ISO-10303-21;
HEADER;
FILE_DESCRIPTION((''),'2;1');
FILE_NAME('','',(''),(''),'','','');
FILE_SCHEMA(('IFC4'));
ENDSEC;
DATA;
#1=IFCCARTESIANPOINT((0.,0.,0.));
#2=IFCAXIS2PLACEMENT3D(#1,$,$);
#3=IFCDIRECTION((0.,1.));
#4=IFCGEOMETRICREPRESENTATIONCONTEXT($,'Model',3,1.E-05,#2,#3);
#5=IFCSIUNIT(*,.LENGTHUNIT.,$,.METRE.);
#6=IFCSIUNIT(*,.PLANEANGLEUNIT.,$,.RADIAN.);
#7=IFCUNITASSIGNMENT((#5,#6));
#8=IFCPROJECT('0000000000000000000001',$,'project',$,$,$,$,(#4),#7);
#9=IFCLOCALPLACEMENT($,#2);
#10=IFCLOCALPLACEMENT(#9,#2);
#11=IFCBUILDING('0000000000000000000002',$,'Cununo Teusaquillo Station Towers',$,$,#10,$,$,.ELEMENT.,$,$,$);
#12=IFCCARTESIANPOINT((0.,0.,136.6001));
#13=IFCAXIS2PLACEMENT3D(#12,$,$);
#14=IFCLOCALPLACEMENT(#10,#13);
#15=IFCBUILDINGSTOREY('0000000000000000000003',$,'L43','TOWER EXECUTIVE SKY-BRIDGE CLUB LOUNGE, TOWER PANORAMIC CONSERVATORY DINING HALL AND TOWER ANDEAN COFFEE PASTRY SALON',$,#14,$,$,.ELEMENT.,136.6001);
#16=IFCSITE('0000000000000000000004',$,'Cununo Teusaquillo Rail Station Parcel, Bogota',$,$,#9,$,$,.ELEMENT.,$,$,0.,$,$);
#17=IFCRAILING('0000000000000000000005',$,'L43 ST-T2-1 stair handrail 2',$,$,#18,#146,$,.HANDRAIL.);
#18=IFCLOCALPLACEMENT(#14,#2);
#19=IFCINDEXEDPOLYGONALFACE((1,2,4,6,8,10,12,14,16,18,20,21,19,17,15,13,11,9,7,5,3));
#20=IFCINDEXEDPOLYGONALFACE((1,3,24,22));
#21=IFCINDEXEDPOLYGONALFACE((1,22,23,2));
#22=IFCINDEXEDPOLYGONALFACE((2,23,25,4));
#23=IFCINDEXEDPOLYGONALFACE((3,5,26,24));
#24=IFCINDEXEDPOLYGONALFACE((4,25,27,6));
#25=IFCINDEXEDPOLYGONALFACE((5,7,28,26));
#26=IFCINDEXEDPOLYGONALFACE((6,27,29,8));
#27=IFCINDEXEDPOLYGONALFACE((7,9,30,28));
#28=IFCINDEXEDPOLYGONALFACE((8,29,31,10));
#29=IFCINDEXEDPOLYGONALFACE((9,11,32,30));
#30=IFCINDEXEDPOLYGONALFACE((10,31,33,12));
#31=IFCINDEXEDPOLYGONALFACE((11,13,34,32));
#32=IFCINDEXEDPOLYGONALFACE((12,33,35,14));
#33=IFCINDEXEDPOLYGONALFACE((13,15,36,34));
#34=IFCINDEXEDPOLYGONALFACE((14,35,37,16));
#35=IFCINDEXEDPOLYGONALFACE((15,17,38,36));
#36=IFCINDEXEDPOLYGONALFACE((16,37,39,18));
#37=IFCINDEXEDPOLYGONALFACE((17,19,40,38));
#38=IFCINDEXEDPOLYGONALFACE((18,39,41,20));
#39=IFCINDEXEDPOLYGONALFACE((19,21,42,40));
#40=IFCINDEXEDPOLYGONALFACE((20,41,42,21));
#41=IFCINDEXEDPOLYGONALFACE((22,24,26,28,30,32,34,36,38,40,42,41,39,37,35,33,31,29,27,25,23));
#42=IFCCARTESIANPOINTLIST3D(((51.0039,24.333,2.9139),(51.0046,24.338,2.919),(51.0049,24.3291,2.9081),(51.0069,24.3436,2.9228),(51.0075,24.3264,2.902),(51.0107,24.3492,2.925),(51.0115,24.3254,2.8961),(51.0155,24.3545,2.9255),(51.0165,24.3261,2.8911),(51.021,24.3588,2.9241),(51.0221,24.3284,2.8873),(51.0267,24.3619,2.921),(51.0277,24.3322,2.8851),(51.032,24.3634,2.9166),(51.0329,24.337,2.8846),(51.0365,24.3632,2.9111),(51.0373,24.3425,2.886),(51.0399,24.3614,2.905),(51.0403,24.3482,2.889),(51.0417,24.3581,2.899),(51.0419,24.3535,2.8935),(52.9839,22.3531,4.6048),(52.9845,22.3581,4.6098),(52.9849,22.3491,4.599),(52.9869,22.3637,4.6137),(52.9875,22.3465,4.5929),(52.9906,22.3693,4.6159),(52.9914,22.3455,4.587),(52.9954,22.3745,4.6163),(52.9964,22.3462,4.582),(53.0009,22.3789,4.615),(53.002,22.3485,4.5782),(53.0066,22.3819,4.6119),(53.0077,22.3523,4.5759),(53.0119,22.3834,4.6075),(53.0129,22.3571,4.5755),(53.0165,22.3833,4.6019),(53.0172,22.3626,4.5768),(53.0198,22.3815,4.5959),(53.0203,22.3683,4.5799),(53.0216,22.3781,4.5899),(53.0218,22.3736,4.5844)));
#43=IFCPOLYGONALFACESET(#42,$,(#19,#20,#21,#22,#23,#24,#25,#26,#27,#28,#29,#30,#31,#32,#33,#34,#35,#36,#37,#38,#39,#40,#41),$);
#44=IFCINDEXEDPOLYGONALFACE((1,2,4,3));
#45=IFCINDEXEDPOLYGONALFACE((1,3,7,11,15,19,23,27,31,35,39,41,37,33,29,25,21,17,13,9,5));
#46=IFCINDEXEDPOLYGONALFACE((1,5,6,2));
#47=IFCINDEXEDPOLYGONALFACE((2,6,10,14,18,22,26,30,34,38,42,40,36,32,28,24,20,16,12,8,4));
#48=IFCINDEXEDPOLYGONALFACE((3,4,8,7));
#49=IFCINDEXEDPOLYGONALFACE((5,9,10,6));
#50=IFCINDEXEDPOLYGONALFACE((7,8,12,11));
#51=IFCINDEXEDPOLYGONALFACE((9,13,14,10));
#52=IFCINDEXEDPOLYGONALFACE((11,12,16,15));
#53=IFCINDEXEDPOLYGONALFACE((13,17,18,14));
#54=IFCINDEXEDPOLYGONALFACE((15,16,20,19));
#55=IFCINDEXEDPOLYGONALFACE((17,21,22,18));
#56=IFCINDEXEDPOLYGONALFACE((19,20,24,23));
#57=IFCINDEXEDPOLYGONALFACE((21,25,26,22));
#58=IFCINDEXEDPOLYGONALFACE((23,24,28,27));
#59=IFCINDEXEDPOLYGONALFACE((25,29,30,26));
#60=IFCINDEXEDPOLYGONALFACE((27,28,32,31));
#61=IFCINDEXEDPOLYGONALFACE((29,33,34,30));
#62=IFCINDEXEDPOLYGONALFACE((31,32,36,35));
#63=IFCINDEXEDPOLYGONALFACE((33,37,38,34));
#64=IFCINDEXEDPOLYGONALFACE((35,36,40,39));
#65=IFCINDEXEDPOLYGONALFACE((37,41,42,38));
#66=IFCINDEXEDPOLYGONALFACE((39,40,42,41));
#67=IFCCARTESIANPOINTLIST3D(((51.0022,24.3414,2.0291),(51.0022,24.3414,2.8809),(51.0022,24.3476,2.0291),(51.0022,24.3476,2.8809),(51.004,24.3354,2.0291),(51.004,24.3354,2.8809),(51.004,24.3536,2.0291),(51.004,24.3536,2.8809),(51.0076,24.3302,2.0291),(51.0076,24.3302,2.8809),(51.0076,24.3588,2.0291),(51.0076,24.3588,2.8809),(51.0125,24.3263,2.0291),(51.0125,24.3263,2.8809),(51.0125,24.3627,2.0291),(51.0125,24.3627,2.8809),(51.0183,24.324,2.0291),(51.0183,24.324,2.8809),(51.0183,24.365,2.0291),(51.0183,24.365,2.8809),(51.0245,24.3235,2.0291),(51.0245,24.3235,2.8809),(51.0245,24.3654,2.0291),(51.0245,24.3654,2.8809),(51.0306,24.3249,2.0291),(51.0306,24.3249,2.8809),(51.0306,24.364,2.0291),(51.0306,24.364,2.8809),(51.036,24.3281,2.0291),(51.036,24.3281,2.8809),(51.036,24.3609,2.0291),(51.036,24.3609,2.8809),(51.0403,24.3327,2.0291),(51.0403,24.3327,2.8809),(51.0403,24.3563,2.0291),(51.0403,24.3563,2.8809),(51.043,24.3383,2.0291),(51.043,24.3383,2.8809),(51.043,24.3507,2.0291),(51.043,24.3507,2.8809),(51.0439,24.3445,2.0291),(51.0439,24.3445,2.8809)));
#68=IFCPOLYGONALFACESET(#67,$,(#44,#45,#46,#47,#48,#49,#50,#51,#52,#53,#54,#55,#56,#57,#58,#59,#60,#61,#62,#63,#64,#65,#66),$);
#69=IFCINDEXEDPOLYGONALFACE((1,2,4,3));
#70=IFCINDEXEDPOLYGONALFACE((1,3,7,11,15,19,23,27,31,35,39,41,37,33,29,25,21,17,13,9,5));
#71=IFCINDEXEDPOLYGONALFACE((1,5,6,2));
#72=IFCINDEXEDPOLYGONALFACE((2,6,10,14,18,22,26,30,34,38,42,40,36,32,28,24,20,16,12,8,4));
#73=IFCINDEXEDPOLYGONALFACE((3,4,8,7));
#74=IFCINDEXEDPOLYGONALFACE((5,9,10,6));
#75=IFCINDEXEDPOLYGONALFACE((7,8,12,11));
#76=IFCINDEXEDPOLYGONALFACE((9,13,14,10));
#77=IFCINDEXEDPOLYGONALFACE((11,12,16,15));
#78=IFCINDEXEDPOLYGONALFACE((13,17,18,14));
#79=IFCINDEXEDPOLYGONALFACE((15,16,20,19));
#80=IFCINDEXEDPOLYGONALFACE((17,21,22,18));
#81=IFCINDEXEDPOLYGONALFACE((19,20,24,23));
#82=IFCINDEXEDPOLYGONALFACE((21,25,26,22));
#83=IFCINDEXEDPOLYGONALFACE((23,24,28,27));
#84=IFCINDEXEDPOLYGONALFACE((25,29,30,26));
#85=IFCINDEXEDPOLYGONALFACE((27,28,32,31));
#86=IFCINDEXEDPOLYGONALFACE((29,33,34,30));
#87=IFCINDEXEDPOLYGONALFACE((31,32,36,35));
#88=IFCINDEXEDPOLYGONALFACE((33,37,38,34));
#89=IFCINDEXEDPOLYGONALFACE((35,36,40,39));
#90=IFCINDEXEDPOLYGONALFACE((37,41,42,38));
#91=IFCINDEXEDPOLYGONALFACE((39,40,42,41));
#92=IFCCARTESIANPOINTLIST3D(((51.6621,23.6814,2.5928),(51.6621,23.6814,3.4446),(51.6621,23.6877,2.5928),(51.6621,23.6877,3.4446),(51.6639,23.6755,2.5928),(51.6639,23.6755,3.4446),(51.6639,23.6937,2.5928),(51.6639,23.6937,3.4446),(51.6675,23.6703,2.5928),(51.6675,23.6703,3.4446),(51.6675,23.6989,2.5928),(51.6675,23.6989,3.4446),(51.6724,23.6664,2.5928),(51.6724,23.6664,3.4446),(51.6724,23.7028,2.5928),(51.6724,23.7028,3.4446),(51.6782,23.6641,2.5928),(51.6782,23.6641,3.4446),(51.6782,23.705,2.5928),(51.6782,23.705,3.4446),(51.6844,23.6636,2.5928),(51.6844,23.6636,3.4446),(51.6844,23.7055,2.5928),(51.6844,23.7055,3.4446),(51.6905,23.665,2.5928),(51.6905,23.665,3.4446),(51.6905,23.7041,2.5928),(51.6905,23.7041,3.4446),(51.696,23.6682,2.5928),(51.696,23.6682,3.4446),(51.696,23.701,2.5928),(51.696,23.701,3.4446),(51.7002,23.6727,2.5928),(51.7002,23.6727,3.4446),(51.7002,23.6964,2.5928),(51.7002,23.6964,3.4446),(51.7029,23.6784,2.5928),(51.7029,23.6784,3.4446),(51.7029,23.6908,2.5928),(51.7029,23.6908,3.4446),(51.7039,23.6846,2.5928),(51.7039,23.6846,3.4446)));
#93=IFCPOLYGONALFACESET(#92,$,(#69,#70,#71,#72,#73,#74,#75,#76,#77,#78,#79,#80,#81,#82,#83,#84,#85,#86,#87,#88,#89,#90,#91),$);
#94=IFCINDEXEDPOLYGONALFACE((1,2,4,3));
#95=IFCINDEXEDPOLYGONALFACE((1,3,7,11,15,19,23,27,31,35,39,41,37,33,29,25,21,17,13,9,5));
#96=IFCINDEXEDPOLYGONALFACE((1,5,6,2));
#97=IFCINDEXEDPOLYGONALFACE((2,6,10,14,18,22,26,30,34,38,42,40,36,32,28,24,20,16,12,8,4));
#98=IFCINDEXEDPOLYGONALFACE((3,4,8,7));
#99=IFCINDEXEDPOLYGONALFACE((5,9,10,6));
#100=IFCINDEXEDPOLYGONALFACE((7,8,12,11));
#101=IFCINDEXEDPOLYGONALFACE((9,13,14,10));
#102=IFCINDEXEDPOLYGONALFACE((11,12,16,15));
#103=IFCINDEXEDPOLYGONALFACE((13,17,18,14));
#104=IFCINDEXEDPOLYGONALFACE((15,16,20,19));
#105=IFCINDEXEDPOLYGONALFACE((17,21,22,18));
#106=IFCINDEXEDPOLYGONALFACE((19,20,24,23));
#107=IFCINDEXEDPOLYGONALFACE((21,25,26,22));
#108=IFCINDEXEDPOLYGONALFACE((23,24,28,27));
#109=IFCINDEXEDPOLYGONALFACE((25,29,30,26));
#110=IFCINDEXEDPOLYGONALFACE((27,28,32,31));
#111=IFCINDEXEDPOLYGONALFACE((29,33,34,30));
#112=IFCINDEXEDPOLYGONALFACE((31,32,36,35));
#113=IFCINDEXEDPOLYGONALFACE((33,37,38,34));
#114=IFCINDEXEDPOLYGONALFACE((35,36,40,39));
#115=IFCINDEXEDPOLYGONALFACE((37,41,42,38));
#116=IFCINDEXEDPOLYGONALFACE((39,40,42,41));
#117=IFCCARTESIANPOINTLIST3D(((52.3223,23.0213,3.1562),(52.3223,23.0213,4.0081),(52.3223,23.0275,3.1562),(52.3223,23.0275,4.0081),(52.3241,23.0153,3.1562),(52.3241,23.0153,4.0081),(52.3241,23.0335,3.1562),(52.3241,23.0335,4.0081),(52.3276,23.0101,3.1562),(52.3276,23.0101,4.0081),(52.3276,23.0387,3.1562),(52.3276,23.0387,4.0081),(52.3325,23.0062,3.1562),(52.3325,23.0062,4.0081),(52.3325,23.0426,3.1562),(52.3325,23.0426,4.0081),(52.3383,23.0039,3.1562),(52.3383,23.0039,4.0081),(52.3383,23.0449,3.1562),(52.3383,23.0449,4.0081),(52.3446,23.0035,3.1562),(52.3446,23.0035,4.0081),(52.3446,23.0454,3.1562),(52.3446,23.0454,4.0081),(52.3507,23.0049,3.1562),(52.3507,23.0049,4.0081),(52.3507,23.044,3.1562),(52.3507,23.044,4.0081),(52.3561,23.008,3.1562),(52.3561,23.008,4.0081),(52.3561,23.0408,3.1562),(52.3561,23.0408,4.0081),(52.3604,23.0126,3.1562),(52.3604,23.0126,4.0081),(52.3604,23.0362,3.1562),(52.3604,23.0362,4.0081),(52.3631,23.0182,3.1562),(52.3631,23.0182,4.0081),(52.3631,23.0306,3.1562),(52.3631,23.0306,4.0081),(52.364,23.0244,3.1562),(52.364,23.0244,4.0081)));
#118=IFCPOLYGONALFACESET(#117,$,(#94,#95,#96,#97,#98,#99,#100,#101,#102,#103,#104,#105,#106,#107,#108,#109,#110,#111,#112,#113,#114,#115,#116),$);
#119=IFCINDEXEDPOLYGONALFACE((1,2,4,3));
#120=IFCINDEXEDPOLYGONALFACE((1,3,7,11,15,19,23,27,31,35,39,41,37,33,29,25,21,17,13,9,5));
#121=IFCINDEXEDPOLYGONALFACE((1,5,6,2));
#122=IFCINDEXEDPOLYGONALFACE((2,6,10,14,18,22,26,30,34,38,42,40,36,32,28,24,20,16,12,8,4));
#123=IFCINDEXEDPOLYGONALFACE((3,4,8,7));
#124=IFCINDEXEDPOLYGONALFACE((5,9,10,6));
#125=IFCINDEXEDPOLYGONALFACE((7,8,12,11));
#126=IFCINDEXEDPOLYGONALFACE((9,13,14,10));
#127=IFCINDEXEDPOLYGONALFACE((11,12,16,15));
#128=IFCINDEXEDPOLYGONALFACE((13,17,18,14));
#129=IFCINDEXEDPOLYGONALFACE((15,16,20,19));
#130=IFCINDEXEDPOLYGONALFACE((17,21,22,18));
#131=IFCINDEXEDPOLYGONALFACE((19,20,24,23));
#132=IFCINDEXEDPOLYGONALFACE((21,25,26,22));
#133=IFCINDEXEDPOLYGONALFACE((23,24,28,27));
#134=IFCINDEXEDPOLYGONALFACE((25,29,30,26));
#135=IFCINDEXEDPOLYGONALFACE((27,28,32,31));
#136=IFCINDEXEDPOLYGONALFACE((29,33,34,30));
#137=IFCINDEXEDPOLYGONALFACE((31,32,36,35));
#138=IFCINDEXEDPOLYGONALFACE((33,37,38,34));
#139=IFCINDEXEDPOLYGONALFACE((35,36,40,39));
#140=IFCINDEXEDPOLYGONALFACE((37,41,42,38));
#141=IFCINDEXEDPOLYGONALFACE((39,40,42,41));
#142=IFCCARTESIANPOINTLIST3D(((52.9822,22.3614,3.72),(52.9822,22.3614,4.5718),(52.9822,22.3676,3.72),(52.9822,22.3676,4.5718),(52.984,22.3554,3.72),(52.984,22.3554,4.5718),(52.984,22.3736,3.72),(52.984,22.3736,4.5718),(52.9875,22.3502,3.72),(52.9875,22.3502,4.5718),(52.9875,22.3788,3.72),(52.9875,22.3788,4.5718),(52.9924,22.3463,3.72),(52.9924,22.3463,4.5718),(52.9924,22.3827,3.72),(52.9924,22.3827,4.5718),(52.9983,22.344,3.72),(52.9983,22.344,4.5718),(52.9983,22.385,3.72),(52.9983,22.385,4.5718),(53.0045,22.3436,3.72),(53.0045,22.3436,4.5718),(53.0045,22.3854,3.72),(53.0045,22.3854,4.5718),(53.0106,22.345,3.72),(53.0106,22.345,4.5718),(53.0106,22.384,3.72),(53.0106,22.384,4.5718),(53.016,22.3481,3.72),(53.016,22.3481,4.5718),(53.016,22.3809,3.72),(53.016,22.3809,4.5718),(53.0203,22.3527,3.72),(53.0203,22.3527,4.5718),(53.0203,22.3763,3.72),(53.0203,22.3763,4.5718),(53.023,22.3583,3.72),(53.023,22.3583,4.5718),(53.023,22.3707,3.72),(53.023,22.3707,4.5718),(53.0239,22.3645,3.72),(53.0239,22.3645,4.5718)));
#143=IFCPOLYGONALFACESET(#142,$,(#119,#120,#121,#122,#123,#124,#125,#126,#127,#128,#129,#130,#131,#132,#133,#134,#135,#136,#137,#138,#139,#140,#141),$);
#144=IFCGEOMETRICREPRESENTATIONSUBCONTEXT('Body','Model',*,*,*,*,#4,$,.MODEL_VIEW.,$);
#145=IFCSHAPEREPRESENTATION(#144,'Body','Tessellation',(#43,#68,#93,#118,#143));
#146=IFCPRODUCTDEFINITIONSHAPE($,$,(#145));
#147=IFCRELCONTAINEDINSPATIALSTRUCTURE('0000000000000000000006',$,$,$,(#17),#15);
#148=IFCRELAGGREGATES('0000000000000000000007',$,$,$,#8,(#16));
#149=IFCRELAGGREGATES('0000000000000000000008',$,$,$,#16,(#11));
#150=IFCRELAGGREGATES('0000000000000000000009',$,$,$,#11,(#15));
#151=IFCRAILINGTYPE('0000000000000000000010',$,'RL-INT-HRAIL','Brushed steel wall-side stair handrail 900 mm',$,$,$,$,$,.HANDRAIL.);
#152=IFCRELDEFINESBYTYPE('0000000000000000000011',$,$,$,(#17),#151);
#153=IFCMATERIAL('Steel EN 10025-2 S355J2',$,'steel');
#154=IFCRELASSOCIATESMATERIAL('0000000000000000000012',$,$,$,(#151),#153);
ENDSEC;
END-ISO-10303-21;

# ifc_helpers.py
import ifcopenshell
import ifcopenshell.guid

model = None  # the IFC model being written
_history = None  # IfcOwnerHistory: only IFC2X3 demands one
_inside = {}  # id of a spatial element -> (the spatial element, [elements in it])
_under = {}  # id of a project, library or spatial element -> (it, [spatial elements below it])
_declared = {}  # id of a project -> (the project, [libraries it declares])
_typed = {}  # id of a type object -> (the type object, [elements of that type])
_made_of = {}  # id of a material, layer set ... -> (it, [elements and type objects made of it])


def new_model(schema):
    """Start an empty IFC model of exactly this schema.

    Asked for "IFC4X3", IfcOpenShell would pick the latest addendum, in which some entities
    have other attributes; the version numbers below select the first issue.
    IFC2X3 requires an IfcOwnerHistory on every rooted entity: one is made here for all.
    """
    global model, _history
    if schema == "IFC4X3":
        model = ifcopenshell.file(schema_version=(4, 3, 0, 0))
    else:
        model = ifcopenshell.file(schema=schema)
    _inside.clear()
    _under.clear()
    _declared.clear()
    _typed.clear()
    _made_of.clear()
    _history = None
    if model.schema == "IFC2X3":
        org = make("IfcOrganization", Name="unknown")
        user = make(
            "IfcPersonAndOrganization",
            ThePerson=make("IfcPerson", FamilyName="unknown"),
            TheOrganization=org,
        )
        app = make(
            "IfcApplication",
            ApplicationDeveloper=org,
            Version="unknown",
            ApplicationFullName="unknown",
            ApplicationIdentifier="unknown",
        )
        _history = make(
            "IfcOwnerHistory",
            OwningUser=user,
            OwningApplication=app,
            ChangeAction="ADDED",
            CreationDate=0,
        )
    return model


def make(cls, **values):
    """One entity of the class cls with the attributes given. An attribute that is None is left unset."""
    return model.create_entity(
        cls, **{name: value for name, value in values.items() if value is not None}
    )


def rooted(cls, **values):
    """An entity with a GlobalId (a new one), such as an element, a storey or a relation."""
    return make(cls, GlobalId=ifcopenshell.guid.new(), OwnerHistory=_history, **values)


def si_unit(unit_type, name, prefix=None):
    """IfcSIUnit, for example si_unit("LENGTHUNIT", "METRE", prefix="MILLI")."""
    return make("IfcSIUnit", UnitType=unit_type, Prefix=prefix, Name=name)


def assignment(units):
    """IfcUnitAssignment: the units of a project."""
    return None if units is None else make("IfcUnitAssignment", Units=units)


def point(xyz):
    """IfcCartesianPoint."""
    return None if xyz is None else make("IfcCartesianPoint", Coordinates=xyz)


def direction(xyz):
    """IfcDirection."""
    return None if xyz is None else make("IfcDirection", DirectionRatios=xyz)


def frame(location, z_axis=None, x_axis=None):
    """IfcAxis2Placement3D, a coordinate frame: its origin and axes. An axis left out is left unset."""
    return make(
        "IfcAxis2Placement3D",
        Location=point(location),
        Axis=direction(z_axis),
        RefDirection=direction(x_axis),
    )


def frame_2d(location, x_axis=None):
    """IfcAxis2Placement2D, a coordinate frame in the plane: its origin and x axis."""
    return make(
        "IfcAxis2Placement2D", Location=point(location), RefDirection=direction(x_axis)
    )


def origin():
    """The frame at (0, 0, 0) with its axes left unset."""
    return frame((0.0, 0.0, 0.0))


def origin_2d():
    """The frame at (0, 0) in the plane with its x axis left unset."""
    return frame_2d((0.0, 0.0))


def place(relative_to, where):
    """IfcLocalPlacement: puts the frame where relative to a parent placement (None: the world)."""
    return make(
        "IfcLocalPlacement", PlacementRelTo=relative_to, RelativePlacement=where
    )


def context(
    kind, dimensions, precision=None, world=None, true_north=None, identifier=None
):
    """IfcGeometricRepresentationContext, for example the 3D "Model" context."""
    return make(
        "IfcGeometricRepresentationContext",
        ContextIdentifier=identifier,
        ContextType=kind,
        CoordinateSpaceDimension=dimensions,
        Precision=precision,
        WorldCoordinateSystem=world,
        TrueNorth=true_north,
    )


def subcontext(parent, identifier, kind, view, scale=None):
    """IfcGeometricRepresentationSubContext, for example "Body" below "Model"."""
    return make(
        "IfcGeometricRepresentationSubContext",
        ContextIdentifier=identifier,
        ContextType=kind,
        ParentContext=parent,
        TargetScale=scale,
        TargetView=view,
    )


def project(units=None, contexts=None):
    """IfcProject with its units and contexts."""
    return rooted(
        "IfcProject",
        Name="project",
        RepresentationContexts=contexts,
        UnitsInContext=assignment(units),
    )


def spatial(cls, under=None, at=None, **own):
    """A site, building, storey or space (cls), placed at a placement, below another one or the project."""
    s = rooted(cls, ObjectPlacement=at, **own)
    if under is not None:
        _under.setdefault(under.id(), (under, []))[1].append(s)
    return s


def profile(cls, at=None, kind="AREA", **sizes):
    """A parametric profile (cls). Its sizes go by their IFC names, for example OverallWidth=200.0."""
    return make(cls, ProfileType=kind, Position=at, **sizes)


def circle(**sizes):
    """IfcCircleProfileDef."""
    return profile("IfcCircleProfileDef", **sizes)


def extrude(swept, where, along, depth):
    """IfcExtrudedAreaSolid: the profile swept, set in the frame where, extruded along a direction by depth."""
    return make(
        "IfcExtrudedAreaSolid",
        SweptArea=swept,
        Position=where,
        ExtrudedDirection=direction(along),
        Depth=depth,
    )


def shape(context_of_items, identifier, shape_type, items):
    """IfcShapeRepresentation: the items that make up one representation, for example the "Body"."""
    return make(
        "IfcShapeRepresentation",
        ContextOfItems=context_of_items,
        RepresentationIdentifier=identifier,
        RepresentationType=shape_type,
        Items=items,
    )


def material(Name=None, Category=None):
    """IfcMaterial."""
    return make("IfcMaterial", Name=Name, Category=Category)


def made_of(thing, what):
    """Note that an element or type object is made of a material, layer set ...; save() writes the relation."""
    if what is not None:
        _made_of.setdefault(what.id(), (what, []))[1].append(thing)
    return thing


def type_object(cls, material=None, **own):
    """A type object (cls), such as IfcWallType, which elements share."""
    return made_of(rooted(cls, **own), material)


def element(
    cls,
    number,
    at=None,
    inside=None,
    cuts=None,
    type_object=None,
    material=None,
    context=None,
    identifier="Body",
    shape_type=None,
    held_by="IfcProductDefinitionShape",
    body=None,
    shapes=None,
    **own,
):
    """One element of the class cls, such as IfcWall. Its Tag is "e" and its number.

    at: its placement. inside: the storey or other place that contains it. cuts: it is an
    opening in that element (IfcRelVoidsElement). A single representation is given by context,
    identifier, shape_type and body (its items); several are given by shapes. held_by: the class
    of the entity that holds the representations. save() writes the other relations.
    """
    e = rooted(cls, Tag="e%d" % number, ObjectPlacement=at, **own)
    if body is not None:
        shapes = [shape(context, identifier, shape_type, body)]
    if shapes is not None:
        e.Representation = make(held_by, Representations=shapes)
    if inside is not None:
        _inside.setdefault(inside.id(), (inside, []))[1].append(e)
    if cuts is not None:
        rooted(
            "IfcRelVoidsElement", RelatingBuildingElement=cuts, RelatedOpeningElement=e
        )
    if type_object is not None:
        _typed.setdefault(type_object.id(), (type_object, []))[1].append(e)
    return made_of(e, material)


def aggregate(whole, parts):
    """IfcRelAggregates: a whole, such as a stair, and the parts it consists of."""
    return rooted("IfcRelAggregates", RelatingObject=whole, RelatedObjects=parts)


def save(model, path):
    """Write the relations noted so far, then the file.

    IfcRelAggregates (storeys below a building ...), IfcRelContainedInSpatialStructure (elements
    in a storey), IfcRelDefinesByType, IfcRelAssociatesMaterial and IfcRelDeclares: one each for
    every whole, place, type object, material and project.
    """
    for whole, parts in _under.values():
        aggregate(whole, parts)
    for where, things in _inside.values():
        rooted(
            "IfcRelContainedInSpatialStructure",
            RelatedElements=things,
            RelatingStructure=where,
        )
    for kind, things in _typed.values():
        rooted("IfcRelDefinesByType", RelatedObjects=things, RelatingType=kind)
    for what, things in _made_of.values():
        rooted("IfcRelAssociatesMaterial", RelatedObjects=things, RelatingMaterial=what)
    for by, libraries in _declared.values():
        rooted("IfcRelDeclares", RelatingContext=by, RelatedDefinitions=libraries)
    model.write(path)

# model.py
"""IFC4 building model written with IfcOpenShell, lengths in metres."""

from ifc_helpers import new_model, si_unit, direction, frame, origin, origin_2d, place, context, subcontext, project, spatial, circle, extrude, material, type_object, element, save


model = new_model("IFC4")

# Units and contexts
model_context = context("Model", 3, precision=1e-05, world=origin(), true_north=direction((0.0, 1.0)))
body_context = subcontext(model_context, "Body", "Model", "MODEL_VIEW")
ifc_project = project(units=[si_unit("LENGTHUNIT", "METRE"), si_unit("PLANEANGLEUNIT", "RADIAN")], contexts=[model_context])

# Site, building, storey
site_placement = place(None, origin())
site = spatial("IfcSite", under=ifc_project, at=site_placement, Name="Cununo Teusaquillo Rail Station Parcel, Bogota", CompositionType="ELEMENT", RefElevation=0.0)
building_placement = place(site_placement, origin())
building = spatial("IfcBuilding", under=site, at=building_placement, Name="Cununo Teusaquillo Station Towers", CompositionType="ELEMENT")
storey_placement = place(building_placement, frame((0.0, 0.0, 136.6001)))
storey = spatial("IfcBuildingStorey", under=building, at=storey_placement, Name="L43", Description="TOWER EXECUTIVE SKY-BRIDGE CLUB LOUNGE, TOWER PANORAMIC CONSERVATORY DINING HALL AND TOWER ANDEAN COFFEE PASTRY SALON", CompositionType="ELEMENT", Elevation=136.6001)

# Railing
ifc_material_1 = material(Name="Steel EN 10025-2 S355J2", Category="steel")
railing_type_1 = type_object("IfcRailingType", Name="RL-INT-HRAIL", Description="Brushed steel wall-side stair handrail 900 mm", PredefinedType="HANDRAIL", material=ifc_material_1)
railing_1_placement = place(storey_placement, frame((51.0229, 24.3445, 2.0291)))
element("IfcRailing", 1, at=railing_1_placement, inside=storey, type_object=railing_type_1, Name="L43 ST-T2-1 stair handrail 2", PredefinedType="HANDRAIL", context=body_context, shape_type="SweptSolid", body=[
    extrude(circle(Radius=0.0239, at=origin_2d()), frame((0.0, 0.0, 0.876), z_axis=(0.605302, -0.605302, 0.516932), x_axis=(0.707107, 0.707107, 0.0)), (0.0, 0.0, 1.0), 3.271),
    extrude(circle(Radius=0.021, at=origin_2d()), origin(), (0.0, 0.0, 1.0), 0.8518),
    extrude(circle(Radius=0.021, at=origin_2d()), frame((0.6599, -0.6599, 0.5637)), (0.0, 0.0, 1.0), 0.8518),
    extrude(circle(Radius=0.021, at=origin_2d()), frame((1.3201, -1.3201, 1.1272)), (0.0, 0.0, 1.0), 0.8518),
    extrude(circle(Radius=0.021, at=origin_2d()), frame((1.98, -1.98, 1.6909)), (0.0, 0.0, 1.0), 0.8518),
])

save(model, "model.ifc")
